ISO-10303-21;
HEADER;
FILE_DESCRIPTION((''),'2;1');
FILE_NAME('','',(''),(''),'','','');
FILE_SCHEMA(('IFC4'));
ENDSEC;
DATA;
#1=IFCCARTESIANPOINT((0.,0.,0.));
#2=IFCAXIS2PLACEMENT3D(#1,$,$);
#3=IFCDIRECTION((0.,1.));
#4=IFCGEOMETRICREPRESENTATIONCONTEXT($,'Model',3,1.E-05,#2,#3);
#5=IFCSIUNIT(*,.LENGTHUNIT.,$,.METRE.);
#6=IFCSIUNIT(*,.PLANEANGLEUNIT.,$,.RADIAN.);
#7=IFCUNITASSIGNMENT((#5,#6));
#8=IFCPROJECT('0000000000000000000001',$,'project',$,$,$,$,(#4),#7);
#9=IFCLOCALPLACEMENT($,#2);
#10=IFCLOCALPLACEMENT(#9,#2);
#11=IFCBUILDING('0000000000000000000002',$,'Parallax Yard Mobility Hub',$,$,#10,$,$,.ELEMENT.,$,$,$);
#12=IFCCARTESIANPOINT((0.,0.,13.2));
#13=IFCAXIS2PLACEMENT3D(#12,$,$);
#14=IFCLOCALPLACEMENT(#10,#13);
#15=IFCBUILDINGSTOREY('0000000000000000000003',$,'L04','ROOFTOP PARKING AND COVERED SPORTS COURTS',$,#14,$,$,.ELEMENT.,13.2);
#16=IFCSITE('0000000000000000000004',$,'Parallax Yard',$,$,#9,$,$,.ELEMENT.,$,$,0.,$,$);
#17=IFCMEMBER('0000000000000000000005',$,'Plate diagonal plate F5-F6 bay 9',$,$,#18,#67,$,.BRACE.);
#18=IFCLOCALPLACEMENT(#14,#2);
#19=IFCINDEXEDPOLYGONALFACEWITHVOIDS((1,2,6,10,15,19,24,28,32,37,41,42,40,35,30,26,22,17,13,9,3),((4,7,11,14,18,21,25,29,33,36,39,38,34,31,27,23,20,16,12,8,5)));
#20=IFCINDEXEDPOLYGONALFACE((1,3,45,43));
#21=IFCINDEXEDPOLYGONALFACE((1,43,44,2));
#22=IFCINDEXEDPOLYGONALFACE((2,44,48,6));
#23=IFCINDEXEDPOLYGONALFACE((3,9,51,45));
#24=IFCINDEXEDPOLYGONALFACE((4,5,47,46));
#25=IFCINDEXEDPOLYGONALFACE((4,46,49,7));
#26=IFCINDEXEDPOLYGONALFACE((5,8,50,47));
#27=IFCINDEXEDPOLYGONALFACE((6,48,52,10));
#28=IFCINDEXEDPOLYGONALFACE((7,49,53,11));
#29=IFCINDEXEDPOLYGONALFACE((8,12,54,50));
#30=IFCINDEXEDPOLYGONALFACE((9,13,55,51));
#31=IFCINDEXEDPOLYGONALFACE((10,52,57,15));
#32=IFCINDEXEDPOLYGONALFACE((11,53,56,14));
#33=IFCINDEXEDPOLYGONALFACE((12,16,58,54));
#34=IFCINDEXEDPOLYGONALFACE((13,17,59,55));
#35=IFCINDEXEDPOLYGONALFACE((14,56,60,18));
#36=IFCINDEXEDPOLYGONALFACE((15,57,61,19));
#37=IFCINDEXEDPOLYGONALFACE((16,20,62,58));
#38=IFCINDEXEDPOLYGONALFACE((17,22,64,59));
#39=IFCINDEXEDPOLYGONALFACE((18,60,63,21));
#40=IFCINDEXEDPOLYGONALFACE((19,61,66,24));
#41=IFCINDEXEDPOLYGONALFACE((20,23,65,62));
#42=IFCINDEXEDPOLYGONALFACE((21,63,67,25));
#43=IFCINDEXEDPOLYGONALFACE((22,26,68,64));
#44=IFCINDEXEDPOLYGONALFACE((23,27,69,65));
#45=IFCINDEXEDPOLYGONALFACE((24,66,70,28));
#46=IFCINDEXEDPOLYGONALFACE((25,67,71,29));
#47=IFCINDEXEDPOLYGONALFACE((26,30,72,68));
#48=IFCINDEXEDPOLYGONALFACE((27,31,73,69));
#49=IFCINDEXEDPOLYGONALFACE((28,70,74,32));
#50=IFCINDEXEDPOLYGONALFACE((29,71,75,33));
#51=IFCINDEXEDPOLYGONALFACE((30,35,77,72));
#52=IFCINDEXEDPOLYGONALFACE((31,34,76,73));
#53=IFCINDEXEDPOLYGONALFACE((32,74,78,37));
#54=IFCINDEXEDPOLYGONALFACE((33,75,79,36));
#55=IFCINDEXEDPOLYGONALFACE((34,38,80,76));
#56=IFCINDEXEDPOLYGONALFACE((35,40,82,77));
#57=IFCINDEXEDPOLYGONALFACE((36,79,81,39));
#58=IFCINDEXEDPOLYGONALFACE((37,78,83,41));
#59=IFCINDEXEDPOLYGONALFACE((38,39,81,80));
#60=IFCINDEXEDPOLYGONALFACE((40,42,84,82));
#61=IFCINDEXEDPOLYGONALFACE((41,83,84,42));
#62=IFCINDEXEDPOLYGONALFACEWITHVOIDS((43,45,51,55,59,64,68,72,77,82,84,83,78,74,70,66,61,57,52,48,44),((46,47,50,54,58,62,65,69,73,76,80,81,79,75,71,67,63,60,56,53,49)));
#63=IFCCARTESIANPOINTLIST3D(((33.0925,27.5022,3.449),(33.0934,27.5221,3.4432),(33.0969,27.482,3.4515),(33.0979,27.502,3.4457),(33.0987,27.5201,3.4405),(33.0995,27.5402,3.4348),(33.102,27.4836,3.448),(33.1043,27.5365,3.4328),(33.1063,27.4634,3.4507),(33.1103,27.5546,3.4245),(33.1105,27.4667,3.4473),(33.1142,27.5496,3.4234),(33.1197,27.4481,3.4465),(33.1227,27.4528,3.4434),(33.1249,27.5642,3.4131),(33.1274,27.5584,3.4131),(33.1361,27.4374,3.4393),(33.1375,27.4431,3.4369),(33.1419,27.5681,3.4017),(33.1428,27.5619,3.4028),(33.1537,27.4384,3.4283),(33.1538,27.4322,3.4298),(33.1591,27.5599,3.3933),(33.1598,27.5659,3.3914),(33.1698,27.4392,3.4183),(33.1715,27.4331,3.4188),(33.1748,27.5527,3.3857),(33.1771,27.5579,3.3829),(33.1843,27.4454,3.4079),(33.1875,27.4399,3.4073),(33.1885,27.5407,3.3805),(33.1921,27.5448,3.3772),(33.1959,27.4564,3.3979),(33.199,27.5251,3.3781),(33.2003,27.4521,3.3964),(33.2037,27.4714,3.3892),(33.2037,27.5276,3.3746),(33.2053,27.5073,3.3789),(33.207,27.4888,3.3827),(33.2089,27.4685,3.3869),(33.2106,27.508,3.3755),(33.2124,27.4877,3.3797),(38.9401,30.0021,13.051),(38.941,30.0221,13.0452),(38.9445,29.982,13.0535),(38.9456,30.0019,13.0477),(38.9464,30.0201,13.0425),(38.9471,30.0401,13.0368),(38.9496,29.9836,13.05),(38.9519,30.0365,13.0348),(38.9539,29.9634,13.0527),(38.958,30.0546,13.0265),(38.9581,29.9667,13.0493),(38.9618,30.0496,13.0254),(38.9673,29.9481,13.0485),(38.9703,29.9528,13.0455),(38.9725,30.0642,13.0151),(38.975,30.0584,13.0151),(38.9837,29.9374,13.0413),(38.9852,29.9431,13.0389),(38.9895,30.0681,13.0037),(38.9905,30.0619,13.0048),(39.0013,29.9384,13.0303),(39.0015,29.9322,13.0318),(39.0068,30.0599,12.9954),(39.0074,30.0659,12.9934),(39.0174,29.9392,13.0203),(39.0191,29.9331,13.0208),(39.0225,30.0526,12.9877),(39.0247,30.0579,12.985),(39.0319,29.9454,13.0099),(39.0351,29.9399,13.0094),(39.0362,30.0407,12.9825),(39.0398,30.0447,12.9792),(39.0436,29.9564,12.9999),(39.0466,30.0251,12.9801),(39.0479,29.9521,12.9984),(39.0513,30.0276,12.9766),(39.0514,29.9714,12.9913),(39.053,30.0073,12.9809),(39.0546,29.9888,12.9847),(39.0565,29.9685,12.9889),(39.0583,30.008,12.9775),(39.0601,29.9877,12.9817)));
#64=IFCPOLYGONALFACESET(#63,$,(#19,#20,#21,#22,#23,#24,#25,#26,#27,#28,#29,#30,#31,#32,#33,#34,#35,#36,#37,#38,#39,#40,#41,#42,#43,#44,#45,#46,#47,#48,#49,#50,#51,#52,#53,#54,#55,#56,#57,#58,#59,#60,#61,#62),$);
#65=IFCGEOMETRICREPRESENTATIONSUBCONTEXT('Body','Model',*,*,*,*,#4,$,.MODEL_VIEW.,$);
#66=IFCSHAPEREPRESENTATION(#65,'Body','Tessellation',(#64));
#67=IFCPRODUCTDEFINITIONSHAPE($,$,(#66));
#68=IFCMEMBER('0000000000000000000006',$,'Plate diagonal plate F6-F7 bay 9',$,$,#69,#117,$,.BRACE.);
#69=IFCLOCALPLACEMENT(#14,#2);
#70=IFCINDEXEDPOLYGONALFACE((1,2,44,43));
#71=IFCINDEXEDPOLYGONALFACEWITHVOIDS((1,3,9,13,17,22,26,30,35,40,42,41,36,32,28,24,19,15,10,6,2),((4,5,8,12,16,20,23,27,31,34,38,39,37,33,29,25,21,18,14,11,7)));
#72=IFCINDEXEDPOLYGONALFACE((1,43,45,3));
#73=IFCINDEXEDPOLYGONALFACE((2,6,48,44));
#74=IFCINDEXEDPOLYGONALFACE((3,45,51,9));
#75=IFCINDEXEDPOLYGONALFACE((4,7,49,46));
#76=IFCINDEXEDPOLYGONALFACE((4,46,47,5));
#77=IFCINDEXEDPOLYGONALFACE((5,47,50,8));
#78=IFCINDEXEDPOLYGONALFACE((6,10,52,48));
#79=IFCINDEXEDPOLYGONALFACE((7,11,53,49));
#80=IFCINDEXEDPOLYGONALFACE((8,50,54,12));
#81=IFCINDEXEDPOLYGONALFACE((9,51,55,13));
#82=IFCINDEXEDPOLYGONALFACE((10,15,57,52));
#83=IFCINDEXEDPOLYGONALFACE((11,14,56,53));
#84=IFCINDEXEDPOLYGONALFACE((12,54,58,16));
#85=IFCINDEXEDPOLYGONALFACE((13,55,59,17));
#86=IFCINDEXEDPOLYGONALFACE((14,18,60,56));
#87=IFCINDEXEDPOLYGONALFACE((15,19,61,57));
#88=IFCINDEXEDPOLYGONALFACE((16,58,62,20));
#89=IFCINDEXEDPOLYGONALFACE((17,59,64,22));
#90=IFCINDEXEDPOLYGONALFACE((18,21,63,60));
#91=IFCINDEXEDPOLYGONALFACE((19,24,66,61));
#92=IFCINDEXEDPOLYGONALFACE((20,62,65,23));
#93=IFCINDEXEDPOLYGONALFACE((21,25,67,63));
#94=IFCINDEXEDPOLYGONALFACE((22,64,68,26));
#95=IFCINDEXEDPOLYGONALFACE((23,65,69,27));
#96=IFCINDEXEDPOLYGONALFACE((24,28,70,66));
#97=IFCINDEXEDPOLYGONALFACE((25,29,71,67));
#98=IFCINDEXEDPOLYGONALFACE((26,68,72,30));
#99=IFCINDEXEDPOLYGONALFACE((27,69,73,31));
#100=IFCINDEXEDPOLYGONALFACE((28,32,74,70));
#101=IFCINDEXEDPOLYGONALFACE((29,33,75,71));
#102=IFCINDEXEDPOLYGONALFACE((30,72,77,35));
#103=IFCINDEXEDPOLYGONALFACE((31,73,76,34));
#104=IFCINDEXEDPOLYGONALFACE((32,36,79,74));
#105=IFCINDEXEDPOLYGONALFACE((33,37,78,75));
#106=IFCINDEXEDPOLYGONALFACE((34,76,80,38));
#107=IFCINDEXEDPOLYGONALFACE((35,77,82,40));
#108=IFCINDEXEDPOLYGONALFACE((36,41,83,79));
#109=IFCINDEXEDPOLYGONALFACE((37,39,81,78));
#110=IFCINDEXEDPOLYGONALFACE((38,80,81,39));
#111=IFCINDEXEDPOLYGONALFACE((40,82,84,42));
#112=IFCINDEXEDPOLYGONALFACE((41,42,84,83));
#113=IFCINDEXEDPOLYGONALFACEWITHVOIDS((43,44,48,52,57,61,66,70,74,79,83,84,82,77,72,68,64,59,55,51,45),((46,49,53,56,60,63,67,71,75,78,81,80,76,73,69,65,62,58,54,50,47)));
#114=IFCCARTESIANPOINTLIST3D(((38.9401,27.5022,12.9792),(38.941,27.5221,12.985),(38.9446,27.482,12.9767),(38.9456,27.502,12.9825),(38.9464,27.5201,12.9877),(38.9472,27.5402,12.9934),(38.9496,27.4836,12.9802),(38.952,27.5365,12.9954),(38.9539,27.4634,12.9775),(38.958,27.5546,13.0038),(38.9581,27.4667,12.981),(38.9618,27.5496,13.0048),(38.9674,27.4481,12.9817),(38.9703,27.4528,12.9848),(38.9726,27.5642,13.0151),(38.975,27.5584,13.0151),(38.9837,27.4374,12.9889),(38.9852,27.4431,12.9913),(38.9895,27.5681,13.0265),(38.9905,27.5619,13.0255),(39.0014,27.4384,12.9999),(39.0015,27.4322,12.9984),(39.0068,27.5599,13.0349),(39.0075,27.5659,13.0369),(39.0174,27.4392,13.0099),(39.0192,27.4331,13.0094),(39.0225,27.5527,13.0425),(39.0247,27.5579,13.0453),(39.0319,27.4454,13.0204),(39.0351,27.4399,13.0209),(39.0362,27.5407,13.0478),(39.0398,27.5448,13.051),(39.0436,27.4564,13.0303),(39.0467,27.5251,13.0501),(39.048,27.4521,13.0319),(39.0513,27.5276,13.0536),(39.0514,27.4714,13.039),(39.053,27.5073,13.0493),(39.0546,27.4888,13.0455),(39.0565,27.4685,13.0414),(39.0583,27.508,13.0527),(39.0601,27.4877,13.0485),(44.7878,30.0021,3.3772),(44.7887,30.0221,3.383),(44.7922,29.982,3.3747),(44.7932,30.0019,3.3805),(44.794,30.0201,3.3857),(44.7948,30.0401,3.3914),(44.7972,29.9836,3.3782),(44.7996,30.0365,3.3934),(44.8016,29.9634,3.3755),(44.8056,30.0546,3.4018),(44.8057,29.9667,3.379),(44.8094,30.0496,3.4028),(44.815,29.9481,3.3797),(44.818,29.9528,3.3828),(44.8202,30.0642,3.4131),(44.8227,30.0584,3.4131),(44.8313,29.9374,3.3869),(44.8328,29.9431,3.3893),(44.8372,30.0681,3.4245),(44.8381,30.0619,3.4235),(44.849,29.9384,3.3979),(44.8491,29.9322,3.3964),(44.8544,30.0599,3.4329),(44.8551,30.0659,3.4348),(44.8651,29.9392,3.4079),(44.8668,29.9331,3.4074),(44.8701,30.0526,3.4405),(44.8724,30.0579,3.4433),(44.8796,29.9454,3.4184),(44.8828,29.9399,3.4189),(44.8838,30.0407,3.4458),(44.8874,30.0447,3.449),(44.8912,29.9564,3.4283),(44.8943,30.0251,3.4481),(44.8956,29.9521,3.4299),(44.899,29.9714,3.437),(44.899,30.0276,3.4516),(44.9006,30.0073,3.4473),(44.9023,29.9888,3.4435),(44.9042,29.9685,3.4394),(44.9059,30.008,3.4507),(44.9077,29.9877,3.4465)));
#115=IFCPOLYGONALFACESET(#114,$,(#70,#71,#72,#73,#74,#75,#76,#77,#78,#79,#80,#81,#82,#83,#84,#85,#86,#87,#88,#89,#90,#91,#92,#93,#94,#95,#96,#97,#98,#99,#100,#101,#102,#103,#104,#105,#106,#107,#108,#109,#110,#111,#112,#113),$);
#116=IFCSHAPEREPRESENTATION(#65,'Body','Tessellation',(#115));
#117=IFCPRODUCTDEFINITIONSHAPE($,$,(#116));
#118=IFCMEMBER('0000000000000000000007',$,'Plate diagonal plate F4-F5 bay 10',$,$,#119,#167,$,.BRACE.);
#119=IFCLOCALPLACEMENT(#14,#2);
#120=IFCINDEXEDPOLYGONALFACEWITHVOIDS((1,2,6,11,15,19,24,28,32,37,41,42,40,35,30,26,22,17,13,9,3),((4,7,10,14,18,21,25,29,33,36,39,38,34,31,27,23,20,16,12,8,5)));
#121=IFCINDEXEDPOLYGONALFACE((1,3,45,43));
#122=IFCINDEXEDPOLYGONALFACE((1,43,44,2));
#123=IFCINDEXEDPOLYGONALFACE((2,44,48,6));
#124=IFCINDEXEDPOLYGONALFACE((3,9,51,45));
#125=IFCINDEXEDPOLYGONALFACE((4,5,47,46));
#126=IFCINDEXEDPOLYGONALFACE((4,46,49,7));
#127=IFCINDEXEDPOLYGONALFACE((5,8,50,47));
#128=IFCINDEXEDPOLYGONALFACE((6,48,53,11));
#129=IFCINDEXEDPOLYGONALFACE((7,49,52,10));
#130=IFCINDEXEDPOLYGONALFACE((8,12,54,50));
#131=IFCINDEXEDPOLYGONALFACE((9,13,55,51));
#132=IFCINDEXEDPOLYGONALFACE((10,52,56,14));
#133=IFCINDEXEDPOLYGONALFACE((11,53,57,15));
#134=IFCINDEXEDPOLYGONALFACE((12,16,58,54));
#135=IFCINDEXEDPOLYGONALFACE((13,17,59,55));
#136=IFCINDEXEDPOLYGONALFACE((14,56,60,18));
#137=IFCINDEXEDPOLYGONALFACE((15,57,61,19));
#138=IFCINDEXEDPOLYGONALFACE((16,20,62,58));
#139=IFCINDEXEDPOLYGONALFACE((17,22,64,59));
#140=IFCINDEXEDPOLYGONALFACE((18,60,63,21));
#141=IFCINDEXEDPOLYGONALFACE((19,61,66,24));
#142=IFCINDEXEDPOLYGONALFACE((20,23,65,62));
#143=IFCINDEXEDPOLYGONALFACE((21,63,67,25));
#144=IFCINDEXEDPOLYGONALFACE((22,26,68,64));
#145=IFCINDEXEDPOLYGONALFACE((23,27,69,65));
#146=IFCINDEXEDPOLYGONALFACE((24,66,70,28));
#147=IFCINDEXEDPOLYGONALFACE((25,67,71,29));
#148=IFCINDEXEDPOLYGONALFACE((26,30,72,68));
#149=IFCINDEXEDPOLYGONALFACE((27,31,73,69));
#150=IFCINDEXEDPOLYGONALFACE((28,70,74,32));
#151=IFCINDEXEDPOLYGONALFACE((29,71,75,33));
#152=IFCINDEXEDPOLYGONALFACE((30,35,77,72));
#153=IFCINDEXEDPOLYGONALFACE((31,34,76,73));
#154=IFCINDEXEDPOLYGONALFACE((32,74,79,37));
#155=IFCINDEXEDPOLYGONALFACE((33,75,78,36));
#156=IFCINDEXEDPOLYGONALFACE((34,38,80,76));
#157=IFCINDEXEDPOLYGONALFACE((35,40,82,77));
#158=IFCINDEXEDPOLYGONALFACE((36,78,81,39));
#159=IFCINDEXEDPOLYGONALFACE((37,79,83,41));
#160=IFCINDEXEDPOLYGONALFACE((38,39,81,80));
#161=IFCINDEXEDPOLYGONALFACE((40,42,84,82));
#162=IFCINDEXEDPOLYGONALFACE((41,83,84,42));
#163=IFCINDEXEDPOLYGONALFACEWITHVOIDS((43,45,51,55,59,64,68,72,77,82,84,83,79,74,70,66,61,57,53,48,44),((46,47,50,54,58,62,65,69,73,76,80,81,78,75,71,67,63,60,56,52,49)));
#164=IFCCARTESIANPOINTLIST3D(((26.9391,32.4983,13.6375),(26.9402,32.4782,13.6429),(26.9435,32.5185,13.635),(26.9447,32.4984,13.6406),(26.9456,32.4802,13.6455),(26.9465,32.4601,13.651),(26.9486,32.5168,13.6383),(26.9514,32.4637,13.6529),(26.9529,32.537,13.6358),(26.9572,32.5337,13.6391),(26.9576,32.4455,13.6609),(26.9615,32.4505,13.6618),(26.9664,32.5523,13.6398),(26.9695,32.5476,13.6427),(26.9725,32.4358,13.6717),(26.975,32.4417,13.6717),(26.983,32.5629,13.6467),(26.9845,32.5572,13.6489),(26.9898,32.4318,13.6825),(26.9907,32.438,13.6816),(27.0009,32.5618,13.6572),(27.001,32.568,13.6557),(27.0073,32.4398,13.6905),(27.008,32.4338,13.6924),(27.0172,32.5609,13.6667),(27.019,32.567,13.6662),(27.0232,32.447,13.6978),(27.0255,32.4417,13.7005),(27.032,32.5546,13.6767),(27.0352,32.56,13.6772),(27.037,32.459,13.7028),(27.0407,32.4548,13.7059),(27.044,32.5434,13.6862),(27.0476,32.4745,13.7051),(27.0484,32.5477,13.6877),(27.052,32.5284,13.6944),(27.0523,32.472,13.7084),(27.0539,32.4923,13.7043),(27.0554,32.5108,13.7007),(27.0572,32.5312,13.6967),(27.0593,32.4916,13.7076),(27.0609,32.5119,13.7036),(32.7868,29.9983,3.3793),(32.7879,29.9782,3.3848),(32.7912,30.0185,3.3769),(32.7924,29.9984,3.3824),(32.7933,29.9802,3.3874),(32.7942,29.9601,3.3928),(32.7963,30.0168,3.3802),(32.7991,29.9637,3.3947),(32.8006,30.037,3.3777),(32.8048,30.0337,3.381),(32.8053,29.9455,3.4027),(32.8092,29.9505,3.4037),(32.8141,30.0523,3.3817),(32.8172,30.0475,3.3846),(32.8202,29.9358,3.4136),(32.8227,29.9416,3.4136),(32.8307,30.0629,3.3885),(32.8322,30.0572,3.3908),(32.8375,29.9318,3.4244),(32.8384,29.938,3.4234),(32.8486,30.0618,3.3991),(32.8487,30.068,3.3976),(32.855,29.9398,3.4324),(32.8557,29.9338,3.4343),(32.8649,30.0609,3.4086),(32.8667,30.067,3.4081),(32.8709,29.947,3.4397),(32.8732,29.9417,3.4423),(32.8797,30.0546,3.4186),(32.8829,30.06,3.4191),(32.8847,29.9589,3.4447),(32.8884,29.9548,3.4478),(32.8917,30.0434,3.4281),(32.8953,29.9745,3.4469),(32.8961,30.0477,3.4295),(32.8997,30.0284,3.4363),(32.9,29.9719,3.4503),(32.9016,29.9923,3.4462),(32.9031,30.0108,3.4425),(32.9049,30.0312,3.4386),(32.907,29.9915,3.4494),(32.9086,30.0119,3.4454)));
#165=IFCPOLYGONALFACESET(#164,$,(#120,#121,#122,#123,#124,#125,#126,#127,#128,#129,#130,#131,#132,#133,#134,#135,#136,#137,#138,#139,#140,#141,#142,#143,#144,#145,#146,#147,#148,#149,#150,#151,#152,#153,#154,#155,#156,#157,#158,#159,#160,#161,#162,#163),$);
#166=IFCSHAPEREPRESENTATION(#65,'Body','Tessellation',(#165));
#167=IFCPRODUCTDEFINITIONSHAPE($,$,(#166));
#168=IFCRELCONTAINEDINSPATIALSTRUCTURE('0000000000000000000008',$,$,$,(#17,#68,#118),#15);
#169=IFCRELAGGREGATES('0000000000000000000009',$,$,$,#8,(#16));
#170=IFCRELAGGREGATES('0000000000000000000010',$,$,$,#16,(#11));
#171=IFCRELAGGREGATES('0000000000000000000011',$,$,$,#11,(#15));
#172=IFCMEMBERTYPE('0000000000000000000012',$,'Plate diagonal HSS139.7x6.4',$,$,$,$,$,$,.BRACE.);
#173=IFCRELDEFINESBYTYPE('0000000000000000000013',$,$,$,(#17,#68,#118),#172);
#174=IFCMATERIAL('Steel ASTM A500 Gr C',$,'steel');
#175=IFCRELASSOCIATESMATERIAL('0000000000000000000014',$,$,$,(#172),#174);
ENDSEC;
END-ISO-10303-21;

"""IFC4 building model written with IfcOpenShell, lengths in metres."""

from ifc_helpers import new_model, si_unit, direction, frame, origin, origin_2d, place, context, subcontext, project, spatial, hollow_circle, extrude, material, material_profile, profile_set, type_object, element, save


model = new_model("IFC4")

# Units and contexts
model_context = context("Model", 3, precision=1e-05, world=origin(), true_north=direction((0.0, 1.0)))
body_context = subcontext(model_context, "Body", "Model", "MODEL_VIEW")
ifc_project = project(units=[si_unit("LENGTHUNIT", "METRE"), si_unit("PLANEANGLEUNIT", "RADIAN")], contexts=[model_context])

# Site, building, storey
site_placement = place(None, origin())
site = spatial("IfcSite", under=ifc_project, at=site_placement, Name="Parallax Yard", CompositionType="ELEMENT", RefElevation=0.0)
building_placement = place(site_placement, origin())
building = spatial("IfcBuilding", under=site, at=building_placement, Name="Parallax Yard Mobility Hub", CompositionType="ELEMENT")
storey_placement = place(building_placement, frame((0.0, 0.0, 13.2)))
storey = spatial("IfcBuildingStorey", under=building, at=storey_placement, Name="L04", Description="ROOFTOP PARKING AND COVERED SPORTS COURTS", CompositionType="ELEMENT", Elevation=13.2)

# Members
ifc_material_1 = material(Name="Steel ASTM A500 Gr C", Category="steel")
ifc_material_profile_1 = material_profile(ifc_material_1, hollow_circle(Radius=0.0698, WallThickness=0.0063, at=origin_2d()), Name="HSS139.7x6.4")
ifc_profile_set_1 = profile_set([ifc_material_profile_1], Name="Steel ASTM A500 Gr C")
member_type_1 = type_object("IfcMemberType", Name="Plate diagonal HSS139.7x6.4", PredefinedType="BRACE", material=ifc_profile_set_1)
for number, where, z_axis, x_axis, name in (
    (1, (33.1523, 27.5, 3.4131), (0.507735, 0.217068, 0.833718), (-0.393104, 0.919494, 0.0), "Plate diagonal plate F5-F6 bay 9"),
    (2, (39.0, 27.5, 13.0151), (0.507735, 0.217068, -0.833718), (-0.393104, 0.919494, 0.0), "Plate diagonal plate F6-F7 bay 9"),
):
    element("IfcMember", number, at=place(storey_placement, frame(where, z_axis=z_axis, x_axis=x_axis)), inside=storey, type_object=member_type_1, Name=name, PredefinedType="BRACE", context=body_context, shape_type="SweptSolid", body=[
        extrude(hollow_circle(Radius=0.0698, WallThickness=0.0063, at=origin_2d()), origin(), (0.0, 0.0, 1.0), 11.5171),
    ])
member_1_placement = place(storey_placement, frame((32.8477, 30.0, 3.4136), z_axis=(-0.484499, 0.207134, 0.849916), x_axis=(-0.393104, -0.919494, 0.0)))
element("IfcMember", 3, at=member_1_placement, inside=storey, type_object=member_type_1, Name="Plate diagonal plate F4-F5 bay 10", PredefinedType="BRACE", context=body_context, shape_type="SweptSolid", body=[
    extrude(hollow_circle(Radius=0.0698, WallThickness=0.0063, at=origin_2d()), origin(), (0.0, 0.0, 1.0), 12.0696),
])

save(model, "model.ifc")
